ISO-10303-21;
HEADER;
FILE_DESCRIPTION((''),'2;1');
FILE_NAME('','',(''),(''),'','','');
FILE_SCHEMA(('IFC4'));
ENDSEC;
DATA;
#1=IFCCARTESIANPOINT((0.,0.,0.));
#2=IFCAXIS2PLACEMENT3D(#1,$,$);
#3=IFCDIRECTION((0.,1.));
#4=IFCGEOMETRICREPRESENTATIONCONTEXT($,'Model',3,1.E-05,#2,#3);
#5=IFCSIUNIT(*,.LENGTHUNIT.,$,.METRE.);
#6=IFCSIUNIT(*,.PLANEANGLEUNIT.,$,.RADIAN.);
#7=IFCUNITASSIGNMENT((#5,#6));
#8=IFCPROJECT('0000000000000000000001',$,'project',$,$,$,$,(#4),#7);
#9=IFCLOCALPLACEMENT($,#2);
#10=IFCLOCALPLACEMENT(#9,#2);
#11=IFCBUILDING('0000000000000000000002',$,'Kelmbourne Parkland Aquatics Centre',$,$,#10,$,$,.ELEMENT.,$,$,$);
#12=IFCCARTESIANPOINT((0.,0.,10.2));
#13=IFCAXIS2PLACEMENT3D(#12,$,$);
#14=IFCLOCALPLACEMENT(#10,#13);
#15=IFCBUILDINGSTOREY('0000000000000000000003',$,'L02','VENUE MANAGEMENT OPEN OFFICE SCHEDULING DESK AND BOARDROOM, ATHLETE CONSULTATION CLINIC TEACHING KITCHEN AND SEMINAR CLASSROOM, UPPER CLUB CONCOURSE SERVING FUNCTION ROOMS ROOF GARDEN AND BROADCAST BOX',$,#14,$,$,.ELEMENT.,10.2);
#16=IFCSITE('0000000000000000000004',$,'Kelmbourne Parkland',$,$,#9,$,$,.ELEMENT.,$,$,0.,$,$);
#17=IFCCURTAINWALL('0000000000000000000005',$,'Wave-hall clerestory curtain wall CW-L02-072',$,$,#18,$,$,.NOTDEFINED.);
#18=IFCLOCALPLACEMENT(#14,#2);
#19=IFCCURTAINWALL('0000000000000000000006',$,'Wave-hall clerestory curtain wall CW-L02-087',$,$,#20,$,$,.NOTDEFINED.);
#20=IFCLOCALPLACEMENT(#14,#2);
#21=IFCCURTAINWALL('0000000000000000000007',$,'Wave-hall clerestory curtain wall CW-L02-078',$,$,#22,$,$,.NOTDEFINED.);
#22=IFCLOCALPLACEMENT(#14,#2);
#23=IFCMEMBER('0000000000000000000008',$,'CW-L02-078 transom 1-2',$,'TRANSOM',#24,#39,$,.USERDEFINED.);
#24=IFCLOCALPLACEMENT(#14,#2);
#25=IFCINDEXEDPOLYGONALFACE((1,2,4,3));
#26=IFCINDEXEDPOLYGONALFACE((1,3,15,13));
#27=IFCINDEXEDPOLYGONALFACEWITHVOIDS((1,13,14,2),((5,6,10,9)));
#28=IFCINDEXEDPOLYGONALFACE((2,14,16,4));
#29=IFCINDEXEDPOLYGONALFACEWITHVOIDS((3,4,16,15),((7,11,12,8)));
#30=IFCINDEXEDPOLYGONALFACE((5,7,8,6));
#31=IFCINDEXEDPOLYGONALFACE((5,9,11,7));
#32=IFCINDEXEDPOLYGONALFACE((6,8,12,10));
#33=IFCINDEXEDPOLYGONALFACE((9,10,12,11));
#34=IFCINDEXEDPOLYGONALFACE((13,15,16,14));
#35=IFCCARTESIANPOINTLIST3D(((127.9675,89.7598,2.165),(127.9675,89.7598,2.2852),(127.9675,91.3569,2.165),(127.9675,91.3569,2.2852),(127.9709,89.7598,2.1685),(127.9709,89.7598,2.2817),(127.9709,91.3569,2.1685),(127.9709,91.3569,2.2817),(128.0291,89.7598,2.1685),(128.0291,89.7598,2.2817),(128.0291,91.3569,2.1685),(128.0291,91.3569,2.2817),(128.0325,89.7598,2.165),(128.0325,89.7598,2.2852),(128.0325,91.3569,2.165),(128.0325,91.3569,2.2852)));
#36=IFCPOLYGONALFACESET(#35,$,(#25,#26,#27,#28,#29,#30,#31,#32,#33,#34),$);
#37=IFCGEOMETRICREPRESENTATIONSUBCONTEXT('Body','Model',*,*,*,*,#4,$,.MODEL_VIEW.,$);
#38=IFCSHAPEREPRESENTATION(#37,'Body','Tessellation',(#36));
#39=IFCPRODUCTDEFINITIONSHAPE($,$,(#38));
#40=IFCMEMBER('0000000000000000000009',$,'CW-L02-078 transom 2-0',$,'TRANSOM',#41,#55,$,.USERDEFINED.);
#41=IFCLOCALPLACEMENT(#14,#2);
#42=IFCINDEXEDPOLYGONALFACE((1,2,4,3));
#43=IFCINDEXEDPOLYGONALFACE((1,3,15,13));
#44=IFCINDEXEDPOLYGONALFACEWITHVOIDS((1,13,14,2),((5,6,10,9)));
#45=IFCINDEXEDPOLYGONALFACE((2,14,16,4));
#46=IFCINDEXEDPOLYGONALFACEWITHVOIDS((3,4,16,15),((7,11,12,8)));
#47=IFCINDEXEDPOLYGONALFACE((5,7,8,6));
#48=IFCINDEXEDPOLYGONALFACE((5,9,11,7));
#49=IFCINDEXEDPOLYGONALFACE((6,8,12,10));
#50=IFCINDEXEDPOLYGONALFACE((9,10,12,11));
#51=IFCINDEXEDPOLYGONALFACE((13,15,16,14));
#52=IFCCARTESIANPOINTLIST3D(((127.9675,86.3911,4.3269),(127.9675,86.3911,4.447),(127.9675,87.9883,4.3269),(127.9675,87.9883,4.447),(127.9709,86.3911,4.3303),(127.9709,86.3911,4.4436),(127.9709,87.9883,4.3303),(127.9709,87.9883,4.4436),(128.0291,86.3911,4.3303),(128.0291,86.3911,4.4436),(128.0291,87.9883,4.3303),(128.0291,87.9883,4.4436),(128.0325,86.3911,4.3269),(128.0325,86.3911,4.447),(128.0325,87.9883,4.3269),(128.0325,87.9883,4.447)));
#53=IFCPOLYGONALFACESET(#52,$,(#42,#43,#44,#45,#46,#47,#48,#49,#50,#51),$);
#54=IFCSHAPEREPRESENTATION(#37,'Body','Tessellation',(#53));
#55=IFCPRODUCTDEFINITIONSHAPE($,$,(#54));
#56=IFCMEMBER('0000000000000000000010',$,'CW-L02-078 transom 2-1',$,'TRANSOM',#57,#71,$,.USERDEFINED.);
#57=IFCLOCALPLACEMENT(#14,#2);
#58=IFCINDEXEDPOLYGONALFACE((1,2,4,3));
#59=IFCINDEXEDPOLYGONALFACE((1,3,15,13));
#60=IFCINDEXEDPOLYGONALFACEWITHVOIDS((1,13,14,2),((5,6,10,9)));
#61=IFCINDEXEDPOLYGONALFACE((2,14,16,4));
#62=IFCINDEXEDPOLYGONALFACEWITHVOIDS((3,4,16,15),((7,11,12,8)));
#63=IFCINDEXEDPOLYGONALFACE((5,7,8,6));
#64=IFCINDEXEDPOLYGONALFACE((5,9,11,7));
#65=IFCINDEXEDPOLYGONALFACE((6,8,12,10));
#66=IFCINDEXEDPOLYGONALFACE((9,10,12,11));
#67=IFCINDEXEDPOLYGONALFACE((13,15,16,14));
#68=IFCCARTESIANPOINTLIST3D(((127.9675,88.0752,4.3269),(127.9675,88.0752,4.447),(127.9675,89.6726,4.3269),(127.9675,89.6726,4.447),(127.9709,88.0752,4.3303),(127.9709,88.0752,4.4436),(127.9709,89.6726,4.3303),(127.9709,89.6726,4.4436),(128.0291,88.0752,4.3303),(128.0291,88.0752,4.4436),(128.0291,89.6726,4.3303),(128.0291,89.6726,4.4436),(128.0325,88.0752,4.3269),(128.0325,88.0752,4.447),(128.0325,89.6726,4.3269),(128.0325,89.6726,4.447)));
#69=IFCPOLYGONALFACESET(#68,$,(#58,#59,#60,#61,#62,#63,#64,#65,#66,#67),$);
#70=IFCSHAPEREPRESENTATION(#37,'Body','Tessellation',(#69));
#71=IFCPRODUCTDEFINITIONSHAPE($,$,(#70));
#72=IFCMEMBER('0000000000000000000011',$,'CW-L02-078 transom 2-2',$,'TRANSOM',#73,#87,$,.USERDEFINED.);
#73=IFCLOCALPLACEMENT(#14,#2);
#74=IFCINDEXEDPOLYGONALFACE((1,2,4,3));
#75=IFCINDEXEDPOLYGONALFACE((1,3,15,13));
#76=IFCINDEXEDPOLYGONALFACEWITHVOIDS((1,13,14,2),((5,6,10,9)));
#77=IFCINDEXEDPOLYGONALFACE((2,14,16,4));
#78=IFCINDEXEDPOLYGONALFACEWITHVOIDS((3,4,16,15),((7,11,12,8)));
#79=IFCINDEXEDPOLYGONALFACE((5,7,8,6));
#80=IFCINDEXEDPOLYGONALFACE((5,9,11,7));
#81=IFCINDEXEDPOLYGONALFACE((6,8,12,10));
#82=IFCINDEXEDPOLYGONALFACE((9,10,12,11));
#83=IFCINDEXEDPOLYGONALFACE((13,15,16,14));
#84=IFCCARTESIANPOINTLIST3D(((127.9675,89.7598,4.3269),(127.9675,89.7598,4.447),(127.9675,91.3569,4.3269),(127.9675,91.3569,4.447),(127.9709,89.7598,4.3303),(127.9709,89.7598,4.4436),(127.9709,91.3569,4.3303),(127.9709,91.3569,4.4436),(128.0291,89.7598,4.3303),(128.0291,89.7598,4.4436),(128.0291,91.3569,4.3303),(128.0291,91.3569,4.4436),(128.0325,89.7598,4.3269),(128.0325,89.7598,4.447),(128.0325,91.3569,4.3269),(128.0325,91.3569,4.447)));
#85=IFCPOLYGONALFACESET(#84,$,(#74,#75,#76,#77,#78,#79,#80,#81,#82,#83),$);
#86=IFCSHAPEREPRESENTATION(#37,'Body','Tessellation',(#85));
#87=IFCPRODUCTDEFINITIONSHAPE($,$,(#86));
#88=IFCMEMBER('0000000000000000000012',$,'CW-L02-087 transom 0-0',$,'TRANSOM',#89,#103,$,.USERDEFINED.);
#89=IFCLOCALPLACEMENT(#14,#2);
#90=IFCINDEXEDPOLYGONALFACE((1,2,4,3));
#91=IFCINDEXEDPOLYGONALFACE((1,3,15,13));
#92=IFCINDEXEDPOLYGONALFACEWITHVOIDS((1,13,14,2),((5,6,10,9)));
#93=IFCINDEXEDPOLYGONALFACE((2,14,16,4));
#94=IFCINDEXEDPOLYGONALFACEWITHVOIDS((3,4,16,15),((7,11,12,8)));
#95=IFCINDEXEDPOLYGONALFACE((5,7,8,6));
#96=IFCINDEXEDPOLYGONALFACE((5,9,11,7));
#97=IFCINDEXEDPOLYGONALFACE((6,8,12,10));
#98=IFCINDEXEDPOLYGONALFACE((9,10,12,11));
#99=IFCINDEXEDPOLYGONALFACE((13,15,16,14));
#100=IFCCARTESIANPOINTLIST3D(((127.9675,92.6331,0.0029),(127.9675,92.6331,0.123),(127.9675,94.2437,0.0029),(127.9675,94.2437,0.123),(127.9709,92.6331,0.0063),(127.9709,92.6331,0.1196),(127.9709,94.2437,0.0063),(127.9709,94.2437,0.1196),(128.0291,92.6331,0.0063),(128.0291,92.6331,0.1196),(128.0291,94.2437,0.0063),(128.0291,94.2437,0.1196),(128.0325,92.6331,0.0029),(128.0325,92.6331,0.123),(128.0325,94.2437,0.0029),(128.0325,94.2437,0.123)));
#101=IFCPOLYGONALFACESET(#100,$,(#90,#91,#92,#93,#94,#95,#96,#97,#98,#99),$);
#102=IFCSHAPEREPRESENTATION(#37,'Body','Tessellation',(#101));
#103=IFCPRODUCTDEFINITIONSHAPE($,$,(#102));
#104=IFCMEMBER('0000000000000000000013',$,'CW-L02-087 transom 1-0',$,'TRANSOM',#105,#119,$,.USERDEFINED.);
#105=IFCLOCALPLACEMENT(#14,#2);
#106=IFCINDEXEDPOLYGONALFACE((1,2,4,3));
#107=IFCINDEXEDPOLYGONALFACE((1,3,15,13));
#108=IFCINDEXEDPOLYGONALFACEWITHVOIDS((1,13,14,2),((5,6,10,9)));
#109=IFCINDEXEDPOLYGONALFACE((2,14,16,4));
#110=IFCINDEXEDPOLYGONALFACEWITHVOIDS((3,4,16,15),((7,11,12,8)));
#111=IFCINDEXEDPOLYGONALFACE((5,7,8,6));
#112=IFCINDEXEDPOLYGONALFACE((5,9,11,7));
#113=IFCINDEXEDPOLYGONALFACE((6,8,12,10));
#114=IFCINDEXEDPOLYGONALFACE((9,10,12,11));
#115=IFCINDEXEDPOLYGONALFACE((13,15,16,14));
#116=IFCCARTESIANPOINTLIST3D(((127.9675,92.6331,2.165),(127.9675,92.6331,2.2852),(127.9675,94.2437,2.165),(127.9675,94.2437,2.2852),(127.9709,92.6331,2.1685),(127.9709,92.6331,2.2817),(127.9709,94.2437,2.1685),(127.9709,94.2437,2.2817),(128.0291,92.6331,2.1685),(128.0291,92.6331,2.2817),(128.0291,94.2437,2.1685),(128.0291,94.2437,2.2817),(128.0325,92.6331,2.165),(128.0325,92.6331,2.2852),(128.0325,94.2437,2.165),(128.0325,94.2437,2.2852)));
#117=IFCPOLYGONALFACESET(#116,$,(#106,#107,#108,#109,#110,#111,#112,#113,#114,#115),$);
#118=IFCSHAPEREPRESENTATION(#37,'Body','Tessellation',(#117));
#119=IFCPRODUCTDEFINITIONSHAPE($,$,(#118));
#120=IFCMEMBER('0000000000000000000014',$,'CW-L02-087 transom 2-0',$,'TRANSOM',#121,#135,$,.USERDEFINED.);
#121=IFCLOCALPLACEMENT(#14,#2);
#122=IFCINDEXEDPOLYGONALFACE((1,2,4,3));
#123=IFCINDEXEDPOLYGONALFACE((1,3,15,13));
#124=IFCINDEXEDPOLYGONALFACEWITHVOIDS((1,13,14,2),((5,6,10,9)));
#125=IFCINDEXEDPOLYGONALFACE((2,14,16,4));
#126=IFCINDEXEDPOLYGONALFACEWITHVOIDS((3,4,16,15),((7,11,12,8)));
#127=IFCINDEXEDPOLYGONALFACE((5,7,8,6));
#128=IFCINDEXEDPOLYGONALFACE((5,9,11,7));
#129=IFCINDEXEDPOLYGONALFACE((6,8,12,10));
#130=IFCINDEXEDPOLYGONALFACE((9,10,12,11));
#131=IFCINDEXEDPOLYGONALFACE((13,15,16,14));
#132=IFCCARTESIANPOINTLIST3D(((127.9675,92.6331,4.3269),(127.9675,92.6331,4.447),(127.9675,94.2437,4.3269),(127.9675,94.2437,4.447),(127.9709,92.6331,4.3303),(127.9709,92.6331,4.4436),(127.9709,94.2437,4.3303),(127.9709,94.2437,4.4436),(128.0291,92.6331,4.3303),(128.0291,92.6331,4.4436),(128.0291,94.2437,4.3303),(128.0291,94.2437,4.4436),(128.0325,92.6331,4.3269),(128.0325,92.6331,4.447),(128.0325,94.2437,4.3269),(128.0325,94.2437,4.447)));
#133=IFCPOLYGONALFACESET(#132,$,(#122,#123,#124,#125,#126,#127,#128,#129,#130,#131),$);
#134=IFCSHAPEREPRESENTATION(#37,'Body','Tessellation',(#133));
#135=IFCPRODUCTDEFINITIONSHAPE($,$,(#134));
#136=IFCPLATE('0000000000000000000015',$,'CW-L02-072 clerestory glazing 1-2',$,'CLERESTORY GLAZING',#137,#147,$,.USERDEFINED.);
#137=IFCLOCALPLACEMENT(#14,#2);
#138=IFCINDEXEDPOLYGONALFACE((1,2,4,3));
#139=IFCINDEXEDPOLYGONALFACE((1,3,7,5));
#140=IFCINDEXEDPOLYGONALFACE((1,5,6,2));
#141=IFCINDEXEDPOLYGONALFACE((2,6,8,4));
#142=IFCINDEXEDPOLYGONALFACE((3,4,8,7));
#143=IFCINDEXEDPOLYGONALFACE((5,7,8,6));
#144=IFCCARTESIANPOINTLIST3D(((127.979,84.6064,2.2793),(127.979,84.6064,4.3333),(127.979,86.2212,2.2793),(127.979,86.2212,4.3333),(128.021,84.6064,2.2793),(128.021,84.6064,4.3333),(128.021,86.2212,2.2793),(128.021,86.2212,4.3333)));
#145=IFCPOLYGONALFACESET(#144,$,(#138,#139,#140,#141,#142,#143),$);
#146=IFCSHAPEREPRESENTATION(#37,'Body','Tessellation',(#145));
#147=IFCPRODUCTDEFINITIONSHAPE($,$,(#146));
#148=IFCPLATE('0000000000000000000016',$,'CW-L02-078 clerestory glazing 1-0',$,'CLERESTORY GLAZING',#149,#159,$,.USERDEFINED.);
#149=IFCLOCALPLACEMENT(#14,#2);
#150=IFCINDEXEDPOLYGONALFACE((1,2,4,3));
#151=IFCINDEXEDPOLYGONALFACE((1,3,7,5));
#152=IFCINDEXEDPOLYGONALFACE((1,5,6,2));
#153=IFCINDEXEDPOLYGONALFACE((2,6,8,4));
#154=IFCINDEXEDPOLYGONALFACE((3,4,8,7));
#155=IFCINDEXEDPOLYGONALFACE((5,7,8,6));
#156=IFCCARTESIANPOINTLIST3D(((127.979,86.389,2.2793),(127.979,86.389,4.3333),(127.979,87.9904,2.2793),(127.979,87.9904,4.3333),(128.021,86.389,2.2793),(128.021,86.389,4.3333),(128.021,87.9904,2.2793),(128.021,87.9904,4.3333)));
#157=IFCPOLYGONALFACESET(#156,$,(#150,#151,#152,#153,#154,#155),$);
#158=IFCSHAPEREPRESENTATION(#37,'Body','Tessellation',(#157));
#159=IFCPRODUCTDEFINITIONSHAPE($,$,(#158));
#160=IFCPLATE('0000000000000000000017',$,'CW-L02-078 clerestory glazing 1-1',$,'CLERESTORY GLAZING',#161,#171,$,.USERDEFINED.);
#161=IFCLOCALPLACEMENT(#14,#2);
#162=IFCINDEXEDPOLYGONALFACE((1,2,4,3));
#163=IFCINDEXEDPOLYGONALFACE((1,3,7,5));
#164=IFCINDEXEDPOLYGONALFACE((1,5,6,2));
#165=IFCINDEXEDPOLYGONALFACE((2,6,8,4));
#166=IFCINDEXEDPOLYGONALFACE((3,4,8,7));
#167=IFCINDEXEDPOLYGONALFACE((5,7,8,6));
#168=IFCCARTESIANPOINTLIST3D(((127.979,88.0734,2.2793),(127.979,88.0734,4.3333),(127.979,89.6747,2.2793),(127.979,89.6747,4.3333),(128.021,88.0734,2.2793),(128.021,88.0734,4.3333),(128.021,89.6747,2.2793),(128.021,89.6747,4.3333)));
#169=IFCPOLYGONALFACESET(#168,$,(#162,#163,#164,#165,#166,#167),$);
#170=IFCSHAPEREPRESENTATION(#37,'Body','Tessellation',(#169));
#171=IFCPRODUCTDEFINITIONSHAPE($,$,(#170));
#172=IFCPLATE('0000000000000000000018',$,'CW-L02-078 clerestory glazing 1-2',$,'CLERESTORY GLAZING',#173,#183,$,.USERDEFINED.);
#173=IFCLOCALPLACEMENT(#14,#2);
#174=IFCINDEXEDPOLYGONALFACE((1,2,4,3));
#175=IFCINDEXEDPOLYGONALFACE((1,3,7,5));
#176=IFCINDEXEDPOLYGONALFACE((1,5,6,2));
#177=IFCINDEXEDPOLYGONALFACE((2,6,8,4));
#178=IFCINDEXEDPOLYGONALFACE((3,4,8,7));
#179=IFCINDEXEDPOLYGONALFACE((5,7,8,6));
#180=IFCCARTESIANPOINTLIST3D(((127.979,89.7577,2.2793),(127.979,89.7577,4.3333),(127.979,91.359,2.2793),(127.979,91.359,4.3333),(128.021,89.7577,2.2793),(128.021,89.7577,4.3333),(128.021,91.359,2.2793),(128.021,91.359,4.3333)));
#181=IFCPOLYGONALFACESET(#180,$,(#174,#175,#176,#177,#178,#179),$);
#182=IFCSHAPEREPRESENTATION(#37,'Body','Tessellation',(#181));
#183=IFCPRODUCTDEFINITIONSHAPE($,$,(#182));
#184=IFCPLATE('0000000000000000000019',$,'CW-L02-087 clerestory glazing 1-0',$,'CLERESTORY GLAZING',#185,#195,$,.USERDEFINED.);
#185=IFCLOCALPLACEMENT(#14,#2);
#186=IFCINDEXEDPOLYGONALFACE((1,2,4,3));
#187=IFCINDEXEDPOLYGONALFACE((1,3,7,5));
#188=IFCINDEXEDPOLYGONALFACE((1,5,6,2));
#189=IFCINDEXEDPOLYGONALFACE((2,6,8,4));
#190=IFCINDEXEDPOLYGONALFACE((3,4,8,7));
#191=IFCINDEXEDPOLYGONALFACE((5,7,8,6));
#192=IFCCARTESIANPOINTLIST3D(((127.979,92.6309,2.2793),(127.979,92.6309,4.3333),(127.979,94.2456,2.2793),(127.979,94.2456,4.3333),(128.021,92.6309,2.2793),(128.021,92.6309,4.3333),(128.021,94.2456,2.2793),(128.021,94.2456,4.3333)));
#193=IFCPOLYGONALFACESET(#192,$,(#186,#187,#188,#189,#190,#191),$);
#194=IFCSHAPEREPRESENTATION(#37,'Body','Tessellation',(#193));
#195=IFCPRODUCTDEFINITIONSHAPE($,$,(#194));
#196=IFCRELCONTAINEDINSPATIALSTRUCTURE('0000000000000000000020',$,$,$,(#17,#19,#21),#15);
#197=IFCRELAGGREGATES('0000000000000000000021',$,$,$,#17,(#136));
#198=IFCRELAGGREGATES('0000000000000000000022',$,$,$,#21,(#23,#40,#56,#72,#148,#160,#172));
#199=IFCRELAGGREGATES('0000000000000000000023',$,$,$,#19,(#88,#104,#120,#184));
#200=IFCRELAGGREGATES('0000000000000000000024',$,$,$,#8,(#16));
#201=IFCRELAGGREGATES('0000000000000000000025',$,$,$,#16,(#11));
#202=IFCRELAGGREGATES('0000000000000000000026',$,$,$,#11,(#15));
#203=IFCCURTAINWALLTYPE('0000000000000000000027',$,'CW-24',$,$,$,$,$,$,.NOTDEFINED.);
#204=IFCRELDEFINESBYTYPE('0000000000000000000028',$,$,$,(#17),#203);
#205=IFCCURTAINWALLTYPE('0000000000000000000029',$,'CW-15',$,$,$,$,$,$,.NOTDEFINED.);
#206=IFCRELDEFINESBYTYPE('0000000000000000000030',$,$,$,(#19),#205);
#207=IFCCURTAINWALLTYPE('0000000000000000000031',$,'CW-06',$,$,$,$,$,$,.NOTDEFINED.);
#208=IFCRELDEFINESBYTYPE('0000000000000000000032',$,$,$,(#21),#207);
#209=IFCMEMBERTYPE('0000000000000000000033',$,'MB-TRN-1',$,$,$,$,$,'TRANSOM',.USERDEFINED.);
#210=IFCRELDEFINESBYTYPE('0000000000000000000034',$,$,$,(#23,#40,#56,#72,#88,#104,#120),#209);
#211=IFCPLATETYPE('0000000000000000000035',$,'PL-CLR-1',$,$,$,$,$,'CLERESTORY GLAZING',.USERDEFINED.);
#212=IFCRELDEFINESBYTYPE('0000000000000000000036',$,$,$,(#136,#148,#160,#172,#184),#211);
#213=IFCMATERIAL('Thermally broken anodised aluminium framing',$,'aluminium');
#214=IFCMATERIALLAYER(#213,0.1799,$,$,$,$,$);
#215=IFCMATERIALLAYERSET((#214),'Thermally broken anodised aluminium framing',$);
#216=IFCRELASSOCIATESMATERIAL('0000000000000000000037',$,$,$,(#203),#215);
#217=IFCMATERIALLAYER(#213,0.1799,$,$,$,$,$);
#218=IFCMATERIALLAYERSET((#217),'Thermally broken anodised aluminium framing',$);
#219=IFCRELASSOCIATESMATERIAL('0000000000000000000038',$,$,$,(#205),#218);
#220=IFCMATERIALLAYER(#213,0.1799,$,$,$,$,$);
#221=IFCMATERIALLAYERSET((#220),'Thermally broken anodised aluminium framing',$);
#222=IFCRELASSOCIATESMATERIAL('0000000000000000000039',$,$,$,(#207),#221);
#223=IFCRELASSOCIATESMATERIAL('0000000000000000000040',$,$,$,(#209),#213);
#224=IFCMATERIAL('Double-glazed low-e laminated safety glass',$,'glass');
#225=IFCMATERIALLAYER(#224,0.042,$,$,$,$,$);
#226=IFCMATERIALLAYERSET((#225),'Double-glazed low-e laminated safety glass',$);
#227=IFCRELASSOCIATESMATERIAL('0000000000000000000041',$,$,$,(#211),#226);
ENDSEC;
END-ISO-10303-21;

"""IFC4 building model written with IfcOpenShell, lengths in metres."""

from ifc_helpers import new_model, si_unit, direction, frame, origin, origin_2d, place, context, subcontext, project, spatial, rectangle, hollow_rectangle, extrude, material, layer, layer_set, material_profile, profile_set, type_object, element, aggregate, save


model = new_model("IFC4")

# Units and contexts
model_context = context("Model", 3, precision=1e-05, world=origin(), true_north=direction((0.0, 1.0)))
body_context = subcontext(model_context, "Body", "Model", "MODEL_VIEW")
ifc_project = project(units=[si_unit("LENGTHUNIT", "METRE"), si_unit("PLANEANGLEUNIT", "RADIAN")], contexts=[model_context])

# Site, building, storey
site_placement = place(None, origin())
site = spatial("IfcSite", under=ifc_project, at=site_placement, Name="Kelmbourne Parkland", CompositionType="ELEMENT", RefElevation=0.0)
building_placement = place(site_placement, origin())
building = spatial("IfcBuilding", under=site, at=building_placement, Name="Kelmbourne Parkland Aquatics Centre", CompositionType="ELEMENT")
storey_placement = place(building_placement, frame((0.0, 0.0, 10.2)))
storey = spatial("IfcBuildingStorey", under=building, at=storey_placement, Name="L02", Description="VENUE MANAGEMENT OPEN OFFICE SCHEDULING DESK AND BOARDROOM, ATHLETE CONSULTATION CLINIC TEACHING KITCHEN AND SEMINAR CLASSROOM, UPPER CLUB CONCOURSE SERVING FUNCTION ROOMS ROOF GARDEN AND BROADCAST BOX", CompositionType="ELEMENT", Elevation=10.2)

# Curtain walls
ifc_material_1 = material(Name="Thermally broken anodised aluminium framing", Category="aluminium")
ifc_layer_1 = layer(ifc_material_1, 0.1799)
ifc_layer_set_1 = layer_set([ifc_layer_1], Name="Thermally broken anodised aluminium framing")
curtain_wall_type_1 = type_object("IfcCurtainWallType", Name="CW-24", PredefinedType="NOTDEFINED", material=ifc_layer_set_1)
curtain_wall_1_placement = place(storey_placement, origin())
curtain_wall_1 = element("IfcCurtainWall", 1, at=curtain_wall_1_placement, inside=storey, type_object=curtain_wall_type_1, Name="Wave-hall clerestory curtain wall CW-L02-072", PredefinedType="NOTDEFINED")
ifc_layer_2 = layer(ifc_material_1, 0.1799)
ifc_layer_set_2 = layer_set([ifc_layer_2], Name="Thermally broken anodised aluminium framing")
curtain_wall_type_2 = type_object("IfcCurtainWallType", Name="CW-15", PredefinedType="NOTDEFINED", material=ifc_layer_set_2)
curtain_wall_2_placement = place(storey_placement, origin())
curtain_wall_2 = element("IfcCurtainWall", 2, at=curtain_wall_2_placement, inside=storey, type_object=curtain_wall_type_2, Name="Wave-hall clerestory curtain wall CW-L02-087", PredefinedType="NOTDEFINED")

# Curtain wall, members
ifc_layer_3 = layer(ifc_material_1, 0.1799)
ifc_layer_set_3 = layer_set([ifc_layer_3], Name="Thermally broken anodised aluminium framing")
curtain_wall_type_3 = type_object("IfcCurtainWallType", Name="CW-06", PredefinedType="NOTDEFINED", material=ifc_layer_set_3)
curtain_wall_3_placement = place(storey_placement, origin())
curtain_wall_3 = element("IfcCurtainWall", 3, at=curtain_wall_3_placement, inside=storey, type_object=curtain_wall_type_3, Name="Wave-hall clerestory curtain wall CW-L02-078", PredefinedType="NOTDEFINED")
ifc_material_profile_1 = material_profile(ifc_material_1, hollow_rectangle(XDim=0.0649, YDim=0.1201, WallThickness=0.0034, at=origin_2d()), Name="CW-T 65x120")
ifc_profile_set_1 = profile_set([ifc_material_profile_1], Name="Thermally broken anodised aluminium framing")
member_type_1 = type_object("IfcMemberType", Name="MB-TRN-1", ElementType="TRANSOM", PredefinedType="USERDEFINED", material=ifc_profile_set_1)
member_1_placement = place(storey_placement, frame((128.0, 89.7598, 2.2251), z_axis=(0.0, 1.0, 0.0), x_axis=(-1.0, 0.0, 0.0)))
member_1 = element("IfcMember", 4, at=member_1_placement, type_object=member_type_1, Name="CW-L02-078 transom 1-2", ObjectType="TRANSOM", PredefinedType="USERDEFINED", context=body_context, shape_type="SweptSolid", body=[
    extrude(hollow_rectangle(XDim=0.0649, YDim=0.1201, WallThickness=0.0034, at=origin_2d()), origin(), (0.0, 0.0, 1.0), 1.5972),
])
member_2_placement = place(storey_placement, frame((128.0, 86.3911, 4.387), z_axis=(0.0, 1.0, 0.0), x_axis=(-1.0, 0.0, 0.0)))
member_2 = element("IfcMember", 5, at=member_2_placement, type_object=member_type_1, Name="CW-L02-078 transom 2-0", ObjectType="TRANSOM", PredefinedType="USERDEFINED", context=body_context, shape_type="SweptSolid", body=[
    extrude(hollow_rectangle(XDim=0.0649, YDim=0.1201, WallThickness=0.0034, at=origin_2d()), origin(), (0.0, 0.0, 1.0), 1.5972),
])
member_3_placement = place(storey_placement, frame((128.0, 88.0752, 4.387), z_axis=(0.0, 1.0, 0.0), x_axis=(-1.0, 0.0, 0.0)))
member_3 = element("IfcMember", 6, at=member_3_placement, type_object=member_type_1, Name="CW-L02-078 transom 2-1", ObjectType="TRANSOM", PredefinedType="USERDEFINED", context=body_context, shape_type="SweptSolid", body=[
    extrude(hollow_rectangle(XDim=0.0649, YDim=0.1201, WallThickness=0.0034, at=origin_2d()), origin(), (0.0, 0.0, 1.0), 1.5974),
])
member_4_placement = place(storey_placement, frame((128.0, 89.7598, 4.387), z_axis=(0.0, 1.0, 0.0), x_axis=(-1.0, 0.0, 0.0)))
member_4 = element("IfcMember", 7, at=member_4_placement, type_object=member_type_1, Name="CW-L02-078 transom 2-2", ObjectType="TRANSOM", PredefinedType="USERDEFINED", context=body_context, shape_type="SweptSolid", body=[
    extrude(hollow_rectangle(XDim=0.0649, YDim=0.1201, WallThickness=0.0034, at=origin_2d()), origin(), (0.0, 0.0, 1.0), 1.5972),
])

# Members
member_5_placement = place(storey_placement, frame((128.0, 92.6331, 0.063), z_axis=(0.0, 1.0, 0.0), x_axis=(-1.0, 0.0, 0.0)))
member_5 = element("IfcMember", 8, at=member_5_placement, type_object=member_type_1, Name="CW-L02-087 transom 0-0", ObjectType="TRANSOM", PredefinedType="USERDEFINED", context=body_context, shape_type="SweptSolid", body=[
    extrude(hollow_rectangle(XDim=0.0649, YDim=0.1201, WallThickness=0.0034, at=origin_2d()), origin(), (0.0, 0.0, 1.0), 1.6106),
])
member_6_placement = place(storey_placement, frame((128.0, 92.6331, 2.2251), z_axis=(0.0, 1.0, 0.0), x_axis=(-1.0, 0.0, 0.0)))
member_6 = element("IfcMember", 9, at=member_6_placement, type_object=member_type_1, Name="CW-L02-087 transom 1-0", ObjectType="TRANSOM", PredefinedType="USERDEFINED", context=body_context, shape_type="SweptSolid", body=[
    extrude(hollow_rectangle(XDim=0.0649, YDim=0.1201, WallThickness=0.0034, at=origin_2d()), origin(), (0.0, 0.0, 1.0), 1.6106),
])
member_7_placement = place(storey_placement, frame((128.0, 92.6331, 4.387), z_axis=(0.0, 1.0, 0.0), x_axis=(-1.0, 0.0, 0.0)))
member_7 = element("IfcMember", 10, at=member_7_placement, type_object=member_type_1, Name="CW-L02-087 transom 2-0", ObjectType="TRANSOM", PredefinedType="USERDEFINED", context=body_context, shape_type="SweptSolid", body=[
    extrude(hollow_rectangle(XDim=0.0649, YDim=0.1201, WallThickness=0.0034, at=origin_2d()), origin(), (0.0, 0.0, 1.0), 1.6106),
])

# Plates
ifc_material_2 = material(Name="Double-glazed low-e laminated safety glass", Category="glass")
ifc_layer_4 = layer(ifc_material_2, 0.042)
ifc_layer_set_4 = layer_set([ifc_layer_4], Name="Double-glazed low-e laminated safety glass")
plate_type_1 = type_object("IfcPlateType", Name="PL-CLR-1", ElementType="CLERESTORY GLAZING", PredefinedType="USERDEFINED", material=ifc_layer_set_4)
plate_1_placement = place(storey_placement, frame((128.0, 85.4138, 2.2793), z_axis=(0.0, 0.0, 1.0), x_axis=(0.0, 1.0, 0.0)))
plate_1 = element("IfcPlate", 11, at=plate_1_placement, type_object=plate_type_1, Name="CW-L02-072 clerestory glazing 1-2", ObjectType="CLERESTORY GLAZING", PredefinedType="USERDEFINED", context=body_context, shape_type="SweptSolid", body=[
    extrude(rectangle(XDim=1.6147, YDim=0.042, at=origin_2d()), origin(), (0.0, 0.0, 1.0), 2.054),
])
plate_2_placement = place(storey_placement, frame((128.0, 87.1897, 2.2793), z_axis=(0.0, 0.0, 1.0), x_axis=(0.0, 1.0, 0.0)))
plate_2 = element("IfcPlate", 12, at=plate_2_placement, type_object=plate_type_1, Name="CW-L02-078 clerestory glazing 1-0", ObjectType="CLERESTORY GLAZING", PredefinedType="USERDEFINED", context=body_context, shape_type="SweptSolid", body=[
    extrude(rectangle(XDim=1.6013, YDim=0.042, at=origin_2d()), origin(), (0.0, 0.0, 1.0), 2.054),
])
plate_3_placement = place(storey_placement, frame((128.0, 88.874, 2.2793), z_axis=(0.0, 0.0, 1.0), x_axis=(0.0, 1.0, 0.0)))
plate_3 = element("IfcPlate", 13, at=plate_3_placement, type_object=plate_type_1, Name="CW-L02-078 clerestory glazing 1-1", ObjectType="CLERESTORY GLAZING", PredefinedType="USERDEFINED", context=body_context, shape_type="SweptSolid", body=[
    extrude(rectangle(XDim=1.6013, YDim=0.042, at=origin_2d()), origin(), (0.0, 0.0, 1.0), 2.054),
])
plate_4_placement = place(storey_placement, frame((128.0, 90.5583, 2.2793), z_axis=(0.0, 0.0, 1.0), x_axis=(0.0, 1.0, 0.0)))
plate_4 = element("IfcPlate", 14, at=plate_4_placement, type_object=plate_type_1, Name="CW-L02-078 clerestory glazing 1-2", ObjectType="CLERESTORY GLAZING", PredefinedType="USERDEFINED", context=body_context, shape_type="SweptSolid", body=[
    extrude(rectangle(XDim=1.6013, YDim=0.042, at=origin_2d()), origin(), (0.0, 0.0, 1.0), 2.054),
])
plate_5_placement = place(storey_placement, frame((128.0, 93.4382, 2.2793), z_axis=(0.0, 0.0, 1.0), x_axis=(0.0, 1.0, 0.0)))
plate_5 = element("IfcPlate", 15, at=plate_5_placement, type_object=plate_type_1, Name="CW-L02-087 clerestory glazing 1-0", ObjectType="CLERESTORY GLAZING", PredefinedType="USERDEFINED", context=body_context, shape_type="SweptSolid", body=[
    extrude(rectangle(XDim=1.6147, YDim=0.042, at=origin_2d()), origin(), (0.0, 0.0, 1.0), 2.054),
])
aggregate(curtain_wall_1, [plate_1])
aggregate(curtain_wall_3, [member_1, member_2, member_3, member_4, plate_2, plate_3, plate_4])
aggregate(curtain_wall_2, [member_5, member_6, member_7, plate_5])

save(model, "model.ifc")
